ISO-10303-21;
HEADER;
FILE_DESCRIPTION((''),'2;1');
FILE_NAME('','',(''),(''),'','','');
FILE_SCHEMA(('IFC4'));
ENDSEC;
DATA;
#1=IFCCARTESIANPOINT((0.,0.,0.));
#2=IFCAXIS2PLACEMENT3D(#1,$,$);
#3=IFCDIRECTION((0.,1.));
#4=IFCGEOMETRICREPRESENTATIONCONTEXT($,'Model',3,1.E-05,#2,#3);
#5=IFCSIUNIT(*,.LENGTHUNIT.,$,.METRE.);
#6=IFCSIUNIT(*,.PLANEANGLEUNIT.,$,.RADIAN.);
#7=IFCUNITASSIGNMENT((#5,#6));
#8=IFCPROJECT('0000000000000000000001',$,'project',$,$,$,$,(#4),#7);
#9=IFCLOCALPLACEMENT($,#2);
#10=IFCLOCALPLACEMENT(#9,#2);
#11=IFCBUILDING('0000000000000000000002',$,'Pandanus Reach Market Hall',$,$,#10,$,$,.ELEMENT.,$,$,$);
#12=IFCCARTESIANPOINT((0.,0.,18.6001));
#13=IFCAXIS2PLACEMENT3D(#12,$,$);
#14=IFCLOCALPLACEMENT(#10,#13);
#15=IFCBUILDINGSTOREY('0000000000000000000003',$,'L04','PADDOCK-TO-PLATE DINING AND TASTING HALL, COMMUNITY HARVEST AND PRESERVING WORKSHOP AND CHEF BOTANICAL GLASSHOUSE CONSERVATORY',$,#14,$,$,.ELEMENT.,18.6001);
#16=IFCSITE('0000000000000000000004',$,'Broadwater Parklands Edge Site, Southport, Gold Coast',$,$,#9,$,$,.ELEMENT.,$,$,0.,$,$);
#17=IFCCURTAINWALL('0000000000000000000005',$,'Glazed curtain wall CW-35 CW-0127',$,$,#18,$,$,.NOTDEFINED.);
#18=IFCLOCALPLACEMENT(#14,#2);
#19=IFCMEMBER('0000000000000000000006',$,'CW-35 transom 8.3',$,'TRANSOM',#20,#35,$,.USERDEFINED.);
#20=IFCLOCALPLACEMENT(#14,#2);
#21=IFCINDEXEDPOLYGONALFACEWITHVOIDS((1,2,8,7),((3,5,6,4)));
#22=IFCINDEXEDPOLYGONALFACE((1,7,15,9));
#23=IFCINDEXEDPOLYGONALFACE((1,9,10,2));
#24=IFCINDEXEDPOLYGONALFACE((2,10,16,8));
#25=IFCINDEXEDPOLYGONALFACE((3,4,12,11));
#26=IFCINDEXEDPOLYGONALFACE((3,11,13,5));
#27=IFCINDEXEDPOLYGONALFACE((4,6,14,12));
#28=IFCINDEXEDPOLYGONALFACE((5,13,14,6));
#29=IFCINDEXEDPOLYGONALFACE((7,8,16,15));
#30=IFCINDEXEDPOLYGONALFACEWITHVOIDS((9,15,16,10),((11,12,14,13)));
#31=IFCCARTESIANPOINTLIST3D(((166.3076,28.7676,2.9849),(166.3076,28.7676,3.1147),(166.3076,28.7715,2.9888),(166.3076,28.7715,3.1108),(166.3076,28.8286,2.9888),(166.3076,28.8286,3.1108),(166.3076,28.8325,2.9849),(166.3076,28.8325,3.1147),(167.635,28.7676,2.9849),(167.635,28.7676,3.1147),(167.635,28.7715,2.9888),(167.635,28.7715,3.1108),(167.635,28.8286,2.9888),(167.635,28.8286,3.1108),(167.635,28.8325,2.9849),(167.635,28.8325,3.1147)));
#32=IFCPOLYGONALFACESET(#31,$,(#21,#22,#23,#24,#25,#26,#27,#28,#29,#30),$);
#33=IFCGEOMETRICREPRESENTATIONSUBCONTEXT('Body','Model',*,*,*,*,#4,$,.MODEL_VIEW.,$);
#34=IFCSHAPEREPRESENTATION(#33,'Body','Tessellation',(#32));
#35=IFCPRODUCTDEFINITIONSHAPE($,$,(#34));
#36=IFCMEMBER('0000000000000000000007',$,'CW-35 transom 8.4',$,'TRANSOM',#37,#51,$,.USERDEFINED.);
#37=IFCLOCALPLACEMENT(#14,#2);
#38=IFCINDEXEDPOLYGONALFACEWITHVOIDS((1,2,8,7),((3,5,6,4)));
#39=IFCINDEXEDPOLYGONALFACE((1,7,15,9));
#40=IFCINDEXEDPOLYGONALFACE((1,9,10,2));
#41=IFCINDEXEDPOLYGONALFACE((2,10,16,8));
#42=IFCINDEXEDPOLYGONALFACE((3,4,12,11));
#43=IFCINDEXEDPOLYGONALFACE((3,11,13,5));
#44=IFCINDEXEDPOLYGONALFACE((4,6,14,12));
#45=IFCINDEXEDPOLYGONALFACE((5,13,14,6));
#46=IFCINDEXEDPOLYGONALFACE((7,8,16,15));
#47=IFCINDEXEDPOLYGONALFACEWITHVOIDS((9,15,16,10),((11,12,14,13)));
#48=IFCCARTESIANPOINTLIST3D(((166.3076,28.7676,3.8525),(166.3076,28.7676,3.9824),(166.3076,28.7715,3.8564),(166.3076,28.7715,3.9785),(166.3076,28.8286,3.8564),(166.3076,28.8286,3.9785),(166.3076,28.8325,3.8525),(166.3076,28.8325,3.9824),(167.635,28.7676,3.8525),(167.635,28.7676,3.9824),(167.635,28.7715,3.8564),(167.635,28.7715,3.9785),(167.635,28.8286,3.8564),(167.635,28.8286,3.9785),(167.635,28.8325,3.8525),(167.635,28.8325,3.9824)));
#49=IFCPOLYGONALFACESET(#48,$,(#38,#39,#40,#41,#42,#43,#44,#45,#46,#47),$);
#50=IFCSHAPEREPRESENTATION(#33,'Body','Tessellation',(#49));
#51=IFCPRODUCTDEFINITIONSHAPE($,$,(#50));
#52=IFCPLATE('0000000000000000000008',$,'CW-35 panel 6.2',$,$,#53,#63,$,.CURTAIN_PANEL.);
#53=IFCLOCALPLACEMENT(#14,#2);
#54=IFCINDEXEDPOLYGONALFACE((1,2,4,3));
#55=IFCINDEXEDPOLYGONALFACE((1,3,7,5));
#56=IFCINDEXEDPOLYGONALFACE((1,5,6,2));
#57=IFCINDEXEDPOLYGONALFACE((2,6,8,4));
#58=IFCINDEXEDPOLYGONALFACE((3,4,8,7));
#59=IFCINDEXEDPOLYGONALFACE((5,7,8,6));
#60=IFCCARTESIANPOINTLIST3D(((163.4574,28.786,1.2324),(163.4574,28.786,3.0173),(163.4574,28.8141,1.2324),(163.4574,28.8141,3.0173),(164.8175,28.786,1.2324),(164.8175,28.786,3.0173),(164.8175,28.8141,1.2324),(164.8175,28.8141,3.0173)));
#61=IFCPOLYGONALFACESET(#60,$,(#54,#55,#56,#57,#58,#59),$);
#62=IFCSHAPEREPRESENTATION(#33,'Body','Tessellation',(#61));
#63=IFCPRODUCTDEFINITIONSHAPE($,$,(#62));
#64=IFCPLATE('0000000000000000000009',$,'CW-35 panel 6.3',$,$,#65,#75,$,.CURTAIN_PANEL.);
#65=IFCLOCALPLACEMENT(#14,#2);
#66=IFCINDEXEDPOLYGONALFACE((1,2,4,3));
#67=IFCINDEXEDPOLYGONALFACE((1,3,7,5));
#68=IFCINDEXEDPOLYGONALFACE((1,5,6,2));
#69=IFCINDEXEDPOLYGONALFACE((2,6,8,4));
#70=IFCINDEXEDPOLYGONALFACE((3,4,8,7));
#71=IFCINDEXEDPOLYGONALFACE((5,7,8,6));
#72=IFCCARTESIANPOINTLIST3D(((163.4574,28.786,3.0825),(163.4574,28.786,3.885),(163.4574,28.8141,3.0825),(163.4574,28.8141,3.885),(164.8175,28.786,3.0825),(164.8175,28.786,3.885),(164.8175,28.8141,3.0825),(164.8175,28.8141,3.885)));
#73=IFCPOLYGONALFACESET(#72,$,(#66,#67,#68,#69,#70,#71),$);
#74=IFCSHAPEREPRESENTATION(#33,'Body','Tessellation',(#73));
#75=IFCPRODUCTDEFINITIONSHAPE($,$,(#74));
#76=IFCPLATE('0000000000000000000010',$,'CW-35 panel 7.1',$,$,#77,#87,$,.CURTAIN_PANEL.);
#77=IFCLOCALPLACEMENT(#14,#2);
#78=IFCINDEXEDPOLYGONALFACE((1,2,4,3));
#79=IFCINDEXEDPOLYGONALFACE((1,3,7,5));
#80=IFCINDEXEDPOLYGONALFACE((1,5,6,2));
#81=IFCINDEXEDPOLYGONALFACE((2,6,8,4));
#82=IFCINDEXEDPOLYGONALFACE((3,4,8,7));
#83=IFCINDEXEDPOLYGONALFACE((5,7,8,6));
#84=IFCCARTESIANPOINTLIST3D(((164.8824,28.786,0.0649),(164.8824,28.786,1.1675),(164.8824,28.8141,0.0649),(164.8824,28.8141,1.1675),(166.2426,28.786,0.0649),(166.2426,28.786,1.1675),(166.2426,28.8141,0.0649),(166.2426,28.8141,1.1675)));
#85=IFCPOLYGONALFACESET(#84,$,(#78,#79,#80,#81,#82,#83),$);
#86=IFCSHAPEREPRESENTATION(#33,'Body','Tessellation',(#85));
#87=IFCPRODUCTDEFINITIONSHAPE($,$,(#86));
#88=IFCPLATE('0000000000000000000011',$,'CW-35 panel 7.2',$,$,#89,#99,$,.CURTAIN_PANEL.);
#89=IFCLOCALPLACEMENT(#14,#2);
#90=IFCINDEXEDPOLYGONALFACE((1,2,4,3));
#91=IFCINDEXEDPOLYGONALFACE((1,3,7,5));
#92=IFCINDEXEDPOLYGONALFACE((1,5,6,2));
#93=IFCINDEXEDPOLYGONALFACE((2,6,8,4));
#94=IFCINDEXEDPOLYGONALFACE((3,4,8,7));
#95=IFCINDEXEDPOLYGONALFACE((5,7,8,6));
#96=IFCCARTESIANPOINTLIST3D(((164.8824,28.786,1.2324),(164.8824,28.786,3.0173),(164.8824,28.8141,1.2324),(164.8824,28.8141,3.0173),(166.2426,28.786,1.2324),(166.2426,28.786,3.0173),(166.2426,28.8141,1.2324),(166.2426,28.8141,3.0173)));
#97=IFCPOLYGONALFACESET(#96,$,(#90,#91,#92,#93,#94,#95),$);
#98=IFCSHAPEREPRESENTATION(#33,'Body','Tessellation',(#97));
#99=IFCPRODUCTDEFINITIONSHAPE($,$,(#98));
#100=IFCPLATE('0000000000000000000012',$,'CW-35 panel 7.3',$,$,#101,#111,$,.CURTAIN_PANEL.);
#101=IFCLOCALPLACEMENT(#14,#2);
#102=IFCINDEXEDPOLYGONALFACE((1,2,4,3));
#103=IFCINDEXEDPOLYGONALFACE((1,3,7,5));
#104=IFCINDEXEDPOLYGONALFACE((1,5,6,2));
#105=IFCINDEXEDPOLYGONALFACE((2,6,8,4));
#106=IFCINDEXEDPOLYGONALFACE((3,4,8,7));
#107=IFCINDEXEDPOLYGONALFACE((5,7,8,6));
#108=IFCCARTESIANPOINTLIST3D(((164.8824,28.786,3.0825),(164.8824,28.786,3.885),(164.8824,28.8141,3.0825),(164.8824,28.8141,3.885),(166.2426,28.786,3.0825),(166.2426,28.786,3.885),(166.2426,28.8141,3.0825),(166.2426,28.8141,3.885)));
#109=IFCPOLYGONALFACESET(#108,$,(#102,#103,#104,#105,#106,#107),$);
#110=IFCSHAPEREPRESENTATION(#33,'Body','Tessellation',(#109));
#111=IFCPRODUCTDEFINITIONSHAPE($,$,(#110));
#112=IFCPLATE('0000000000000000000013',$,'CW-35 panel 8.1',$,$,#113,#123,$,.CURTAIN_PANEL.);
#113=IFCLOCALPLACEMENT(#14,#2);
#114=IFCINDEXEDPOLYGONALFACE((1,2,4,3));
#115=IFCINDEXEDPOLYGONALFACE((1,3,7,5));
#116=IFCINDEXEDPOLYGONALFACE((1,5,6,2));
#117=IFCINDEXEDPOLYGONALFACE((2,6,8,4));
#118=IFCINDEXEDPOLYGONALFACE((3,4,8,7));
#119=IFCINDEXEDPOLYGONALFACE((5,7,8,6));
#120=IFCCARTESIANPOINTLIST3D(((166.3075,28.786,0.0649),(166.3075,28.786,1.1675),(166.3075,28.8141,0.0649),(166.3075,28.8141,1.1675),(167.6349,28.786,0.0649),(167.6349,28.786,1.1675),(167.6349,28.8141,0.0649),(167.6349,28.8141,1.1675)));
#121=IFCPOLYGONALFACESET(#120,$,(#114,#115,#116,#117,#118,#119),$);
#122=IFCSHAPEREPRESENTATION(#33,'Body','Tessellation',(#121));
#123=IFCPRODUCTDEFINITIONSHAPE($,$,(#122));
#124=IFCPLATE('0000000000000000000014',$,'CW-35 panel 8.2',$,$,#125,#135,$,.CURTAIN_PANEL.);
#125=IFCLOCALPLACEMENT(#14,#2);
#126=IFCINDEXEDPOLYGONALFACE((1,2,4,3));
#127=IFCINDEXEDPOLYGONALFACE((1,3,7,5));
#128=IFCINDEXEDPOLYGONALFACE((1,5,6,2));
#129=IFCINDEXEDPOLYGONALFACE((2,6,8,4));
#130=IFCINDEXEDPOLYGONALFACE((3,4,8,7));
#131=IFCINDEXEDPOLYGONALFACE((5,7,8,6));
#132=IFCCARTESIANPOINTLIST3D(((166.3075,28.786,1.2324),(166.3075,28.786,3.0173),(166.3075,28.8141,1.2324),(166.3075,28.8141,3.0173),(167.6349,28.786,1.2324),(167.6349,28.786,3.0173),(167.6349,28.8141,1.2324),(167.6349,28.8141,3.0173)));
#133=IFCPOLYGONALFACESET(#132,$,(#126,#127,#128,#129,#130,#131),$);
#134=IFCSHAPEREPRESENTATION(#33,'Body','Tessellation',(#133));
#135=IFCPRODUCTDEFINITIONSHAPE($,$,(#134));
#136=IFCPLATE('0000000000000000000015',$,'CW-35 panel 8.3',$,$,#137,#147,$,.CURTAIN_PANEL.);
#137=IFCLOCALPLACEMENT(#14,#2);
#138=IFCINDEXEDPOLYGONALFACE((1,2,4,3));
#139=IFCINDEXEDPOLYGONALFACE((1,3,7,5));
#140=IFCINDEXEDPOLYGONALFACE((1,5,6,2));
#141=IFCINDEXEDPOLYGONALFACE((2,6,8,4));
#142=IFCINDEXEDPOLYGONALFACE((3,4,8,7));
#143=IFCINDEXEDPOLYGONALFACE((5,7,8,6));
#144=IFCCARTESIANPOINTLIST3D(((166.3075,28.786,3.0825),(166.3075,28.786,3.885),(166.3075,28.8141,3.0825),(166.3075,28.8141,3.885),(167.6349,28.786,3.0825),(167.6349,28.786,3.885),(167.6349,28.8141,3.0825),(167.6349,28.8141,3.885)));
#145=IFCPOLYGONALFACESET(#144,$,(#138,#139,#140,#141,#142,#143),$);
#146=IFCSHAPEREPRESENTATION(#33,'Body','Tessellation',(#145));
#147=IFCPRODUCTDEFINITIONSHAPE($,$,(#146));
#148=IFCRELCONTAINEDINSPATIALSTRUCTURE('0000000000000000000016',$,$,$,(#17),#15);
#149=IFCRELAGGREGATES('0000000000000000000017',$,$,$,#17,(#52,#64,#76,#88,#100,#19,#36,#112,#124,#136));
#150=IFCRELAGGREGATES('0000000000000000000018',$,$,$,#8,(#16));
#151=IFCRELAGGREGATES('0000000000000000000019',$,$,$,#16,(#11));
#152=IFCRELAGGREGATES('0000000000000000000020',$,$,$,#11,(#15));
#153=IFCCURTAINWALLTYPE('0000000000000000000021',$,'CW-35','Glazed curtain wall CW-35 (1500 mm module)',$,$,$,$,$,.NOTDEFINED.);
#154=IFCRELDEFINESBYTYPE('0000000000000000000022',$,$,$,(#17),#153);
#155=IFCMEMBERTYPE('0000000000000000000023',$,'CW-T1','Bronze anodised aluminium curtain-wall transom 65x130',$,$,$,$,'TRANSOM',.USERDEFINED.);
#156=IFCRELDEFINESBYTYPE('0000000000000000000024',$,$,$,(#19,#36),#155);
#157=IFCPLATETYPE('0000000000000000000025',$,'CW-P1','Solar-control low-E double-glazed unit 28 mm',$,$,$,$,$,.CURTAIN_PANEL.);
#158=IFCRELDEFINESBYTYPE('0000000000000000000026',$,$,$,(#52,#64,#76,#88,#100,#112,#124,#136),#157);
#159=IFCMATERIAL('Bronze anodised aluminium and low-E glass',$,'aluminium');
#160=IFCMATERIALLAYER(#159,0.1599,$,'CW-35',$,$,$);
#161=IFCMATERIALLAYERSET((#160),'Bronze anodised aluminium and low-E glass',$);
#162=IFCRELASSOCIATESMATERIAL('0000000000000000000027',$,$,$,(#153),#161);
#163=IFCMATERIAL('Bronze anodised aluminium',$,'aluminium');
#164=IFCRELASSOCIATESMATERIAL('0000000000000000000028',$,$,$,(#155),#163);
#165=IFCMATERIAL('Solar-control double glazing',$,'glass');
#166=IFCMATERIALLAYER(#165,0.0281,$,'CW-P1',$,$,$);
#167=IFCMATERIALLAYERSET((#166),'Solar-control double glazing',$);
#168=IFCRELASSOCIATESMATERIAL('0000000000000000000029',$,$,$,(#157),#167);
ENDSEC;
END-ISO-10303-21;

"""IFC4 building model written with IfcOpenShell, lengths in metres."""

from ifc_helpers import new_model, si_unit, direction, frame, origin, origin_2d, place, context, subcontext, project, spatial, rectangle, hollow_rectangle, extrude, material, layer, layer_set, material_profile, profile_set, type_object, element, aggregate, save


model = new_model("IFC4")

# Units and contexts
model_context = context("Model", 3, precision=1e-05, world=origin(), true_north=direction((0.0, 1.0)))
body_context = subcontext(model_context, "Body", "Model", "MODEL_VIEW")
ifc_project = project(units=[si_unit("LENGTHUNIT", "METRE"), si_unit("PLANEANGLEUNIT", "RADIAN")], contexts=[model_context])

# Site, building, storey
site_placement = place(None, origin())
site = spatial("IfcSite", under=ifc_project, at=site_placement, Name="Broadwater Parklands Edge Site, Southport, Gold Coast", CompositionType="ELEMENT", RefElevation=0.0)
building_placement = place(site_placement, origin())
building = spatial("IfcBuilding", under=site, at=building_placement, Name="Pandanus Reach Market Hall", CompositionType="ELEMENT")
storey_placement = place(building_placement, frame((0.0, 0.0, 18.6001)))
storey = spatial("IfcBuildingStorey", under=building, at=storey_placement, Name="L04", Description="PADDOCK-TO-PLATE DINING AND TASTING HALL, COMMUNITY HARVEST AND PRESERVING WORKSHOP AND CHEF BOTANICAL GLASSHOUSE CONSERVATORY", CompositionType="ELEMENT", Elevation=18.6001)

# Curtain wall, members, plates
ifc_material_1 = material(Name="Bronze anodised aluminium and low-E glass", Category="aluminium")
ifc_layer_1 = layer(ifc_material_1, 0.1599, Name="CW-35")
ifc_layer_set_1 = layer_set([ifc_layer_1], Name="Bronze anodised aluminium and low-E glass")
curtain_wall_type = type_object("IfcCurtainWallType", Name="CW-35", Description="Glazed curtain wall CW-35 (1500 mm module)", PredefinedType="NOTDEFINED", material=ifc_layer_set_1)
curtain_wall_placement = place(storey_placement, origin())
curtain_wall = element("IfcCurtainWall", 1, at=curtain_wall_placement, inside=storey, type_object=curtain_wall_type, Name="Glazed curtain wall CW-35 CW-0127", PredefinedType="NOTDEFINED")
ifc_material_2 = material(Name="Bronze anodised aluminium", Category="aluminium")
ifc_material_profile_1 = material_profile(ifc_material_2, hollow_rectangle(XDim=0.0649, YDim=0.1299, WallThickness=0.0039, at=origin_2d()), Name="ALU65x130", Category="LoadBearing")
ifc_profile_set_1 = profile_set([ifc_material_profile_1], Name="Bronze anodised aluminium")
member_type_1 = type_object("IfcMemberType", Name="CW-T1", Description="Bronze anodised aluminium curtain-wall transom 65x130", ElementType="TRANSOM", PredefinedType="USERDEFINED", material=ifc_profile_set_1)
member_1_placement = place(storey_placement, frame((166.3076, 28.8, 3.0498), z_axis=(1.0, 0.0, 0.0), x_axis=(0.0, 1.0, 0.0)))
member_1 = element("IfcMember", 2, at=member_1_placement, type_object=member_type_1, Name="CW-35 transom 8.3", ObjectType="TRANSOM", PredefinedType="USERDEFINED", context=body_context, shape_type="SweptSolid", body=[
    extrude(hollow_rectangle(XDim=0.0649, YDim=0.1299, WallThickness=0.0039, at=origin_2d()), origin(), (0.0, 0.0, 1.0), 1.3274),
])
member_2_placement = place(storey_placement, frame((166.3076, 28.8, 3.9175), z_axis=(1.0, 0.0, 0.0), x_axis=(0.0, 1.0, 0.0)))
member_2 = element("IfcMember", 3, at=member_2_placement, type_object=member_type_1, Name="CW-35 transom 8.4", ObjectType="TRANSOM", PredefinedType="USERDEFINED", context=body_context, shape_type="SweptSolid", body=[
    extrude(hollow_rectangle(XDim=0.0649, YDim=0.1299, WallThickness=0.0039, at=origin_2d()), origin(), (0.0, 0.0, 1.0), 1.3274),
])
ifc_material_3 = material(Name="Solar-control double glazing", Category="glass")
ifc_layer_2 = layer(ifc_material_3, 0.0281, Name="CW-P1")
ifc_layer_set_2 = layer_set([ifc_layer_2], Name="Solar-control double glazing")
plate_type = type_object("IfcPlateType", Name="CW-P1", Description="Solar-control low-E double-glazed unit 28 mm", PredefinedType="CURTAIN_PANEL", material=ifc_layer_set_2)
plate_1_placement = place(storey_placement, frame((164.1375, 28.8, 1.2324), z_axis=(0.0, 0.0, 1.0), x_axis=(1.0, 0.0, 0.0)))
plate_1 = element("IfcPlate", 4, at=plate_1_placement, type_object=plate_type, Name="CW-35 panel 6.2", PredefinedType="CURTAIN_PANEL", context=body_context, shape_type="SweptSolid", body=[
    extrude(rectangle(XDim=1.3601, YDim=0.0281, at=origin_2d()), origin(), (0.0, 0.0, 1.0), 1.7849),
])
plate_2_placement = place(storey_placement, frame((164.1375, 28.8, 3.0825), z_axis=(0.0, 0.0, 1.0), x_axis=(1.0, 0.0, 0.0)))
plate_2 = element("IfcPlate", 5, at=plate_2_placement, type_object=plate_type, Name="CW-35 panel 6.3", PredefinedType="CURTAIN_PANEL", context=body_context, shape_type="SweptSolid", body=[
    extrude(rectangle(XDim=1.3601, YDim=0.0281, at=origin_2d()), origin(), (0.0, 0.0, 1.0), 0.8025),
])
plate_3_placement = place(storey_placement, frame((165.5625, 28.8, 0.0649), z_axis=(0.0, 0.0, 1.0), x_axis=(1.0, 0.0, 0.0)))
plate_3 = element("IfcPlate", 6, at=plate_3_placement, type_object=plate_type, Name="CW-35 panel 7.1", PredefinedType="CURTAIN_PANEL", context=body_context, shape_type="SweptSolid", body=[
    extrude(rectangle(XDim=1.3601, YDim=0.0281, at=origin_2d()), origin(), (0.0, 0.0, 1.0), 1.1025),
])
plate_4_placement = place(storey_placement, frame((165.5625, 28.8, 1.2324), z_axis=(0.0, 0.0, 1.0), x_axis=(1.0, 0.0, 0.0)))
plate_4 = element("IfcPlate", 7, at=plate_4_placement, type_object=plate_type, Name="CW-35 panel 7.2", PredefinedType="CURTAIN_PANEL", context=body_context, shape_type="SweptSolid", body=[
    extrude(rectangle(XDim=1.3601, YDim=0.0281, at=origin_2d()), origin(), (0.0, 0.0, 1.0), 1.7849),
])
plate_5_placement = place(storey_placement, frame((165.5625, 28.8, 3.0825), z_axis=(0.0, 0.0, 1.0), x_axis=(1.0, 0.0, 0.0)))
plate_5 = element("IfcPlate", 8, at=plate_5_placement, type_object=plate_type, Name="CW-35 panel 7.3", PredefinedType="CURTAIN_PANEL", context=body_context, shape_type="SweptSolid", body=[
    extrude(rectangle(XDim=1.3601, YDim=0.0281, at=origin_2d()), origin(), (0.0, 0.0, 1.0), 0.8025),
])
plate_6_placement = place(storey_placement, frame((166.9712, 28.8, 0.0649), z_axis=(0.0, 0.0, 1.0), x_axis=(1.0, 0.0, 0.0)))
plate_6 = element("IfcPlate", 9, at=plate_6_placement, type_object=plate_type, Name="CW-35 panel 8.1", PredefinedType="CURTAIN_PANEL", context=body_context, shape_type="SweptSolid", body=[
    extrude(rectangle(XDim=1.3274, YDim=0.0281, at=origin_2d()), origin(), (0.0, 0.0, 1.0), 1.1025),
])
plate_7_placement = place(storey_placement, frame((166.9712, 28.8, 1.2324), z_axis=(0.0, 0.0, 1.0), x_axis=(1.0, 0.0, 0.0)))
plate_7 = element("IfcPlate", 10, at=plate_7_placement, type_object=plate_type, Name="CW-35 panel 8.2", PredefinedType="CURTAIN_PANEL", context=body_context, shape_type="SweptSolid", body=[
    extrude(rectangle(XDim=1.3274, YDim=0.0281, at=origin_2d()), origin(), (0.0, 0.0, 1.0), 1.7849),
])
plate_8_placement = place(storey_placement, frame((166.9712, 28.8, 3.0825), z_axis=(0.0, 0.0, 1.0), x_axis=(1.0, 0.0, 0.0)))
plate_8 = element("IfcPlate", 11, at=plate_8_placement, type_object=plate_type, Name="CW-35 panel 8.3", PredefinedType="CURTAIN_PANEL", context=body_context, shape_type="SweptSolid", body=[
    extrude(rectangle(XDim=1.3274, YDim=0.0281, at=origin_2d()), origin(), (0.0, 0.0, 1.0), 0.8025),
])
aggregate(curtain_wall, [plate_1, plate_2, plate_3, plate_4, plate_5, member_1, member_2, plate_6, plate_7, plate_8])

save(model, "model.ifc")
